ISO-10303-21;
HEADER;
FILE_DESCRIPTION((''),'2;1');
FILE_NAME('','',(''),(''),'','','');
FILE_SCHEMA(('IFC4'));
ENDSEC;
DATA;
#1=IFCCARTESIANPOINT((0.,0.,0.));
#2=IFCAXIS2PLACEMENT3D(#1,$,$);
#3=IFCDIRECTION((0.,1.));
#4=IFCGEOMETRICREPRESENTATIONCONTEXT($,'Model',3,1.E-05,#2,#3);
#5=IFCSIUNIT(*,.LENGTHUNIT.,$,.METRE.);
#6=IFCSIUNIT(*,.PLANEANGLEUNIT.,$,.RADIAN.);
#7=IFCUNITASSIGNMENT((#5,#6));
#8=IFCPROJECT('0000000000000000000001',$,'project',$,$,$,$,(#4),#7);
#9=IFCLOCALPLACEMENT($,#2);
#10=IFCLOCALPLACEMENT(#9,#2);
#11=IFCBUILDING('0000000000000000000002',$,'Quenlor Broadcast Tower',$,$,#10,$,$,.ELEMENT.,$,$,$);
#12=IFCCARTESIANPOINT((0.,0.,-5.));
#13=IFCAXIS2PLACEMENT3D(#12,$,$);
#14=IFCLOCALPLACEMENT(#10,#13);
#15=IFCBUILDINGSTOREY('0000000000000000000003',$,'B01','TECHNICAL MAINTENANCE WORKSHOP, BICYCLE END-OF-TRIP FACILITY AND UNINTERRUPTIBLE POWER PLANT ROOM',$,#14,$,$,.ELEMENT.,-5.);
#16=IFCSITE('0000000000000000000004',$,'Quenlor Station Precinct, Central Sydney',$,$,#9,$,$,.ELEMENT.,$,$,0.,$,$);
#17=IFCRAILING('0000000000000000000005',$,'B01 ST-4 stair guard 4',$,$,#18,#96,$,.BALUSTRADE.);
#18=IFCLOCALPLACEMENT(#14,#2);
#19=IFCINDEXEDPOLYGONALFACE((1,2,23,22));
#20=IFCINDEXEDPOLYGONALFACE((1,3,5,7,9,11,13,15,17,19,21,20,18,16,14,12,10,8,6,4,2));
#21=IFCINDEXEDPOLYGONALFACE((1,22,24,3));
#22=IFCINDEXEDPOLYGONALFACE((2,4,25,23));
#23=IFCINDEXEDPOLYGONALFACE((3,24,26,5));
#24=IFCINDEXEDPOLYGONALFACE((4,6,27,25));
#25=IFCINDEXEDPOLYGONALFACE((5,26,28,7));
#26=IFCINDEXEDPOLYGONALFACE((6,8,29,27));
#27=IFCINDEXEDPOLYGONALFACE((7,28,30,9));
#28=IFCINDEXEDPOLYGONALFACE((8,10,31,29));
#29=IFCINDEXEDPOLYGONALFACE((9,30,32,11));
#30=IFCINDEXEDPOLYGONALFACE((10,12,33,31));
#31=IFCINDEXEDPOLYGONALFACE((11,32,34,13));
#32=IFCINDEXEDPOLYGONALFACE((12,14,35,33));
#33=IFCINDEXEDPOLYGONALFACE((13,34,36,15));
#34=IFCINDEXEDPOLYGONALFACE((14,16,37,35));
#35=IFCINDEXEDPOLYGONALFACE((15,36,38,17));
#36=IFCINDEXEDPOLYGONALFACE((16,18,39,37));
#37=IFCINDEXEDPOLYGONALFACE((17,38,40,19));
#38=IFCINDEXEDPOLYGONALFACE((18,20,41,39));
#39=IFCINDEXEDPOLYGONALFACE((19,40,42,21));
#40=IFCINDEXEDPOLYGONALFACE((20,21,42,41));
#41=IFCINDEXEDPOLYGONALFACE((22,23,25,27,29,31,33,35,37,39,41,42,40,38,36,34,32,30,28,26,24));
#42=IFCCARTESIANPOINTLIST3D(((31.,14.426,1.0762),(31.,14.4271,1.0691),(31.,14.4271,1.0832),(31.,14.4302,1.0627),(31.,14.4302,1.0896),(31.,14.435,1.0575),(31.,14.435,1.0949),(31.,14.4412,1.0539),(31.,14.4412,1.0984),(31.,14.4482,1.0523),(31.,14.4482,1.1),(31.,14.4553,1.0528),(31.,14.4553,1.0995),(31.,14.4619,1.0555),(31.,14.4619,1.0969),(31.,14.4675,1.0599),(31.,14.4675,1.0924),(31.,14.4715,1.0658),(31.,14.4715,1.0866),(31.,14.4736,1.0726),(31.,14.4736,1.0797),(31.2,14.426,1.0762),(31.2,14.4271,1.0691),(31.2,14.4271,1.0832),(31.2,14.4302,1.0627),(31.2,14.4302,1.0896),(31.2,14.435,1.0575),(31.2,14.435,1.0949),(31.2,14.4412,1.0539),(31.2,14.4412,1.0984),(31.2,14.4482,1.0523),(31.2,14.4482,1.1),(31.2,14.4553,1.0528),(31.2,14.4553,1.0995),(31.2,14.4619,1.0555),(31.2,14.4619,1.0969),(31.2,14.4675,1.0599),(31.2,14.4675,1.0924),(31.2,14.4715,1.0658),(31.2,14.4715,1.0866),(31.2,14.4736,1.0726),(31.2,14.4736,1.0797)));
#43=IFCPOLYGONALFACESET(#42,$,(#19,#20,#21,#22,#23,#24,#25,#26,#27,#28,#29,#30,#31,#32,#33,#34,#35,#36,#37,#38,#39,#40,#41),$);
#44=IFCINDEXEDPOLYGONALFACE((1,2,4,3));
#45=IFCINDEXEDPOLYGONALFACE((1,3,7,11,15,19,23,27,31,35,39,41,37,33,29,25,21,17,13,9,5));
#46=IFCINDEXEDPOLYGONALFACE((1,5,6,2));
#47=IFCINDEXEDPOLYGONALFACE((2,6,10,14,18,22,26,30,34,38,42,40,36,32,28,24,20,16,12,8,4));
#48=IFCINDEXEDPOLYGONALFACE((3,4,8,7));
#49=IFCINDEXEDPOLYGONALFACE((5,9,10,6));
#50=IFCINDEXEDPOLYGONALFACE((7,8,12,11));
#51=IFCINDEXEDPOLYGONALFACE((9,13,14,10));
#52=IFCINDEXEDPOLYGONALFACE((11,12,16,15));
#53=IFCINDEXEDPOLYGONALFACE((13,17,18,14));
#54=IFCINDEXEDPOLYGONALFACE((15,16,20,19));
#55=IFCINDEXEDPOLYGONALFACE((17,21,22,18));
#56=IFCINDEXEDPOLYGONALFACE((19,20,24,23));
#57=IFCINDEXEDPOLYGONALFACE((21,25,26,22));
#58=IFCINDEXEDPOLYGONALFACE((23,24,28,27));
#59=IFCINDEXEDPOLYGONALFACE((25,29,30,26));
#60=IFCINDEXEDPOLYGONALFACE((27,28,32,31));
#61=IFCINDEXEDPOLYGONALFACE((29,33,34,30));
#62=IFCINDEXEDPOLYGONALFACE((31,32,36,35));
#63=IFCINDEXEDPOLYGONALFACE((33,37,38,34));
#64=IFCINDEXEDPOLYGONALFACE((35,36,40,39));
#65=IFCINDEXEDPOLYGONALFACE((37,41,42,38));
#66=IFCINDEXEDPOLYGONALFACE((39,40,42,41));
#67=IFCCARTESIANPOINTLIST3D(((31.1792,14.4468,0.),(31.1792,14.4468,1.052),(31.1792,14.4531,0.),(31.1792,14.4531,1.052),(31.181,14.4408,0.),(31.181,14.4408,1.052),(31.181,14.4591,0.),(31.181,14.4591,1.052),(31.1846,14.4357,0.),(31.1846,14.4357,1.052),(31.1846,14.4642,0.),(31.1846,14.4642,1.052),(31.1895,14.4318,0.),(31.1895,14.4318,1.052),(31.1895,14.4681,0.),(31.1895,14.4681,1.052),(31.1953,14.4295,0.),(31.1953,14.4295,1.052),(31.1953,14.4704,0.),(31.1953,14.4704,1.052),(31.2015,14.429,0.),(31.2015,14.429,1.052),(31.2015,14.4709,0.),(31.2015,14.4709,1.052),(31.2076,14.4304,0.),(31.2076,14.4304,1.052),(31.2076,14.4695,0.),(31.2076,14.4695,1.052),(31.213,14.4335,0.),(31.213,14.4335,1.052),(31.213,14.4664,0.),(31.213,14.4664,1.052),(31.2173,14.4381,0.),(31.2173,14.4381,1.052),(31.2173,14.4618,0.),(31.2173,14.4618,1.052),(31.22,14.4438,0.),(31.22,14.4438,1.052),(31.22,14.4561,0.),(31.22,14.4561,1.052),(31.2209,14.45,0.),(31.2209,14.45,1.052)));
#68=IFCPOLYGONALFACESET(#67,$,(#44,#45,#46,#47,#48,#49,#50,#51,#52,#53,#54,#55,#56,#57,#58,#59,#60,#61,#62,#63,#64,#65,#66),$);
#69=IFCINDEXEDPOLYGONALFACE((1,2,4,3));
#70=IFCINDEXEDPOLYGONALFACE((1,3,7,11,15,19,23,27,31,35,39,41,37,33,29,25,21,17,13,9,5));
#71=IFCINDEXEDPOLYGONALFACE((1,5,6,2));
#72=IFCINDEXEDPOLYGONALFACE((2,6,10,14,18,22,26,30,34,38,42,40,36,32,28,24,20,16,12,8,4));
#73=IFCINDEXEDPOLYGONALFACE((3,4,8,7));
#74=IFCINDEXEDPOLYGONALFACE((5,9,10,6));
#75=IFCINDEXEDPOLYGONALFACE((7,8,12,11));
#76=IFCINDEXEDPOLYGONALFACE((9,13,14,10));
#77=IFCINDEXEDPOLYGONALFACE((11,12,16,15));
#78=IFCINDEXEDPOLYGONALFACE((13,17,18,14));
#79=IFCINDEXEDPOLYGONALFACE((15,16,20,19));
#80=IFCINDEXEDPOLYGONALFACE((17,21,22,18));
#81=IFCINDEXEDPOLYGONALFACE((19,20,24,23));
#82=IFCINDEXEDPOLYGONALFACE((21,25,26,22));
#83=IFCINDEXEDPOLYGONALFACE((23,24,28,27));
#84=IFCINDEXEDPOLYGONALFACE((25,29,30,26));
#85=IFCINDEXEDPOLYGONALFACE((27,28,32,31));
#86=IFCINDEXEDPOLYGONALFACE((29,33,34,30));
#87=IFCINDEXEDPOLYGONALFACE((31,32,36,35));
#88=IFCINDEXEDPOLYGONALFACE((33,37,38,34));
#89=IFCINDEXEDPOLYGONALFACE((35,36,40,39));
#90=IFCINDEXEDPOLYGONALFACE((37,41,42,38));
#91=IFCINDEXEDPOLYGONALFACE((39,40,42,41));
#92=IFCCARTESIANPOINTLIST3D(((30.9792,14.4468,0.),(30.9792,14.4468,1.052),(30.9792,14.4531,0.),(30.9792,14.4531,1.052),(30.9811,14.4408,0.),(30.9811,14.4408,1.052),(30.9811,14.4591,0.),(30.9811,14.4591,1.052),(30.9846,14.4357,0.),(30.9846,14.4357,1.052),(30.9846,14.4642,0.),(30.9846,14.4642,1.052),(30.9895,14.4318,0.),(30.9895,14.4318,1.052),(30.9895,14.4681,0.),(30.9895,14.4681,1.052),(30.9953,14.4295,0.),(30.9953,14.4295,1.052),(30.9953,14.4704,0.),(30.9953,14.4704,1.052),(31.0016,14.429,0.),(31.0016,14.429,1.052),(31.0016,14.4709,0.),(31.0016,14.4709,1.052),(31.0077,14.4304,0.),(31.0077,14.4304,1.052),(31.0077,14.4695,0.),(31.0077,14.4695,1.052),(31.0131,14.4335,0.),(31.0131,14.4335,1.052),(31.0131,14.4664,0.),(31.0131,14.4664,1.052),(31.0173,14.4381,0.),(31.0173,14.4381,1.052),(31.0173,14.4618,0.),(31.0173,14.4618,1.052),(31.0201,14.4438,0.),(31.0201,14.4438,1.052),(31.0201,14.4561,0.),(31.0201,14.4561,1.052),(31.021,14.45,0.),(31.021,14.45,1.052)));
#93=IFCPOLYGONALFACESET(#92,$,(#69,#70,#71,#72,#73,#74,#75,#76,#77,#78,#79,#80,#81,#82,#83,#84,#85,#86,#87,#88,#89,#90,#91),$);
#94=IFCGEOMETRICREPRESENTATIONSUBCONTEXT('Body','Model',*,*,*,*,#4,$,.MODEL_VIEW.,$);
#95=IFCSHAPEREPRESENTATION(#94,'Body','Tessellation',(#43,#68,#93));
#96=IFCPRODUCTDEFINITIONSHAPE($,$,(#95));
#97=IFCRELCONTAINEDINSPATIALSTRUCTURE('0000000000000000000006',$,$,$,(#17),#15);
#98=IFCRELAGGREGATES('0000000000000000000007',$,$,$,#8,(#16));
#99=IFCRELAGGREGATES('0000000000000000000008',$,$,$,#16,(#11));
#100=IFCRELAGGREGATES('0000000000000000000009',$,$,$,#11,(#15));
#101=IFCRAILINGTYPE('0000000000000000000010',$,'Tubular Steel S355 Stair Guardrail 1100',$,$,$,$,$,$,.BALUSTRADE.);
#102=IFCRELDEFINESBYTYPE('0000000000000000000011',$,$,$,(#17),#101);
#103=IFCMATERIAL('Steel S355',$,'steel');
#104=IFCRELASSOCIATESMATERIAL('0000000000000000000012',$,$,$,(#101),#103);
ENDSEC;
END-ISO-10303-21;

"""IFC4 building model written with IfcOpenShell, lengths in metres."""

from ifc_helpers import new_model, si_unit, direction, frame, origin, origin_2d, place, context, subcontext, project, spatial, circle, extrude, material, type_object, element, save


model = new_model("IFC4")

# Units and contexts
model_context = context("Model", 3, precision=1e-05, world=origin(), true_north=direction((0.0, 1.0)))
body_context = subcontext(model_context, "Body", "Model", "MODEL_VIEW")
ifc_project = project(units=[si_unit("LENGTHUNIT", "METRE"), si_unit("PLANEANGLEUNIT", "RADIAN")], contexts=[model_context])

# Site, building, storey
site_placement = place(None, origin())
site = spatial("IfcSite", under=ifc_project, at=site_placement, Name="Quenlor Station Precinct, Central Sydney", CompositionType="ELEMENT", RefElevation=0.0)
building_placement = place(site_placement, origin())
building = spatial("IfcBuilding", under=site, at=building_placement, Name="Quenlor Broadcast Tower", CompositionType="ELEMENT")
storey_placement = place(building_placement, frame((0.0, 0.0, -5.0)))
storey = spatial("IfcBuildingStorey", under=building, at=storey_placement, Name="B01", Description="TECHNICAL MAINTENANCE WORKSHOP, BICYCLE END-OF-TRIP FACILITY AND UNINTERRUPTIBLE POWER PLANT ROOM", CompositionType="ELEMENT", Elevation=-5.0)

# Railing
ifc_material_1 = material(Name="Steel S355", Category="steel")
railing_type_1 = type_object("IfcRailingType", Name="Tubular Steel S355 Stair Guardrail 1100", PredefinedType="BALUSTRADE", material=ifc_material_1)
railing_1_placement = place(storey_placement, frame((31.2, 14.45, 0.0)))
element("IfcRailing", 1, at=railing_1_placement, inside=storey, type_object=railing_type_1, Name="B01 ST-4 stair guard 4", PredefinedType="BALUSTRADE", context=body_context, shape_type="SweptSolid", body=[
    extrude(circle(Radius=0.0239, at=origin_2d()), frame((0.0, 0.0, 1.0762), z_axis=(-1.0, 0.0, 0.0), x_axis=(0.0, -1.0, 0.0)), (0.0, 0.0, 1.0), 0.2),
    extrude(circle(Radius=0.021, at=origin_2d()), origin(), (0.0, 0.0, 1.0), 1.052),
    extrude(circle(Radius=0.021, at=origin_2d()), frame((-0.2, 0.0, 0.0)), (0.0, 0.0, 1.0), 1.052),
])

save(model, "model.ifc")
